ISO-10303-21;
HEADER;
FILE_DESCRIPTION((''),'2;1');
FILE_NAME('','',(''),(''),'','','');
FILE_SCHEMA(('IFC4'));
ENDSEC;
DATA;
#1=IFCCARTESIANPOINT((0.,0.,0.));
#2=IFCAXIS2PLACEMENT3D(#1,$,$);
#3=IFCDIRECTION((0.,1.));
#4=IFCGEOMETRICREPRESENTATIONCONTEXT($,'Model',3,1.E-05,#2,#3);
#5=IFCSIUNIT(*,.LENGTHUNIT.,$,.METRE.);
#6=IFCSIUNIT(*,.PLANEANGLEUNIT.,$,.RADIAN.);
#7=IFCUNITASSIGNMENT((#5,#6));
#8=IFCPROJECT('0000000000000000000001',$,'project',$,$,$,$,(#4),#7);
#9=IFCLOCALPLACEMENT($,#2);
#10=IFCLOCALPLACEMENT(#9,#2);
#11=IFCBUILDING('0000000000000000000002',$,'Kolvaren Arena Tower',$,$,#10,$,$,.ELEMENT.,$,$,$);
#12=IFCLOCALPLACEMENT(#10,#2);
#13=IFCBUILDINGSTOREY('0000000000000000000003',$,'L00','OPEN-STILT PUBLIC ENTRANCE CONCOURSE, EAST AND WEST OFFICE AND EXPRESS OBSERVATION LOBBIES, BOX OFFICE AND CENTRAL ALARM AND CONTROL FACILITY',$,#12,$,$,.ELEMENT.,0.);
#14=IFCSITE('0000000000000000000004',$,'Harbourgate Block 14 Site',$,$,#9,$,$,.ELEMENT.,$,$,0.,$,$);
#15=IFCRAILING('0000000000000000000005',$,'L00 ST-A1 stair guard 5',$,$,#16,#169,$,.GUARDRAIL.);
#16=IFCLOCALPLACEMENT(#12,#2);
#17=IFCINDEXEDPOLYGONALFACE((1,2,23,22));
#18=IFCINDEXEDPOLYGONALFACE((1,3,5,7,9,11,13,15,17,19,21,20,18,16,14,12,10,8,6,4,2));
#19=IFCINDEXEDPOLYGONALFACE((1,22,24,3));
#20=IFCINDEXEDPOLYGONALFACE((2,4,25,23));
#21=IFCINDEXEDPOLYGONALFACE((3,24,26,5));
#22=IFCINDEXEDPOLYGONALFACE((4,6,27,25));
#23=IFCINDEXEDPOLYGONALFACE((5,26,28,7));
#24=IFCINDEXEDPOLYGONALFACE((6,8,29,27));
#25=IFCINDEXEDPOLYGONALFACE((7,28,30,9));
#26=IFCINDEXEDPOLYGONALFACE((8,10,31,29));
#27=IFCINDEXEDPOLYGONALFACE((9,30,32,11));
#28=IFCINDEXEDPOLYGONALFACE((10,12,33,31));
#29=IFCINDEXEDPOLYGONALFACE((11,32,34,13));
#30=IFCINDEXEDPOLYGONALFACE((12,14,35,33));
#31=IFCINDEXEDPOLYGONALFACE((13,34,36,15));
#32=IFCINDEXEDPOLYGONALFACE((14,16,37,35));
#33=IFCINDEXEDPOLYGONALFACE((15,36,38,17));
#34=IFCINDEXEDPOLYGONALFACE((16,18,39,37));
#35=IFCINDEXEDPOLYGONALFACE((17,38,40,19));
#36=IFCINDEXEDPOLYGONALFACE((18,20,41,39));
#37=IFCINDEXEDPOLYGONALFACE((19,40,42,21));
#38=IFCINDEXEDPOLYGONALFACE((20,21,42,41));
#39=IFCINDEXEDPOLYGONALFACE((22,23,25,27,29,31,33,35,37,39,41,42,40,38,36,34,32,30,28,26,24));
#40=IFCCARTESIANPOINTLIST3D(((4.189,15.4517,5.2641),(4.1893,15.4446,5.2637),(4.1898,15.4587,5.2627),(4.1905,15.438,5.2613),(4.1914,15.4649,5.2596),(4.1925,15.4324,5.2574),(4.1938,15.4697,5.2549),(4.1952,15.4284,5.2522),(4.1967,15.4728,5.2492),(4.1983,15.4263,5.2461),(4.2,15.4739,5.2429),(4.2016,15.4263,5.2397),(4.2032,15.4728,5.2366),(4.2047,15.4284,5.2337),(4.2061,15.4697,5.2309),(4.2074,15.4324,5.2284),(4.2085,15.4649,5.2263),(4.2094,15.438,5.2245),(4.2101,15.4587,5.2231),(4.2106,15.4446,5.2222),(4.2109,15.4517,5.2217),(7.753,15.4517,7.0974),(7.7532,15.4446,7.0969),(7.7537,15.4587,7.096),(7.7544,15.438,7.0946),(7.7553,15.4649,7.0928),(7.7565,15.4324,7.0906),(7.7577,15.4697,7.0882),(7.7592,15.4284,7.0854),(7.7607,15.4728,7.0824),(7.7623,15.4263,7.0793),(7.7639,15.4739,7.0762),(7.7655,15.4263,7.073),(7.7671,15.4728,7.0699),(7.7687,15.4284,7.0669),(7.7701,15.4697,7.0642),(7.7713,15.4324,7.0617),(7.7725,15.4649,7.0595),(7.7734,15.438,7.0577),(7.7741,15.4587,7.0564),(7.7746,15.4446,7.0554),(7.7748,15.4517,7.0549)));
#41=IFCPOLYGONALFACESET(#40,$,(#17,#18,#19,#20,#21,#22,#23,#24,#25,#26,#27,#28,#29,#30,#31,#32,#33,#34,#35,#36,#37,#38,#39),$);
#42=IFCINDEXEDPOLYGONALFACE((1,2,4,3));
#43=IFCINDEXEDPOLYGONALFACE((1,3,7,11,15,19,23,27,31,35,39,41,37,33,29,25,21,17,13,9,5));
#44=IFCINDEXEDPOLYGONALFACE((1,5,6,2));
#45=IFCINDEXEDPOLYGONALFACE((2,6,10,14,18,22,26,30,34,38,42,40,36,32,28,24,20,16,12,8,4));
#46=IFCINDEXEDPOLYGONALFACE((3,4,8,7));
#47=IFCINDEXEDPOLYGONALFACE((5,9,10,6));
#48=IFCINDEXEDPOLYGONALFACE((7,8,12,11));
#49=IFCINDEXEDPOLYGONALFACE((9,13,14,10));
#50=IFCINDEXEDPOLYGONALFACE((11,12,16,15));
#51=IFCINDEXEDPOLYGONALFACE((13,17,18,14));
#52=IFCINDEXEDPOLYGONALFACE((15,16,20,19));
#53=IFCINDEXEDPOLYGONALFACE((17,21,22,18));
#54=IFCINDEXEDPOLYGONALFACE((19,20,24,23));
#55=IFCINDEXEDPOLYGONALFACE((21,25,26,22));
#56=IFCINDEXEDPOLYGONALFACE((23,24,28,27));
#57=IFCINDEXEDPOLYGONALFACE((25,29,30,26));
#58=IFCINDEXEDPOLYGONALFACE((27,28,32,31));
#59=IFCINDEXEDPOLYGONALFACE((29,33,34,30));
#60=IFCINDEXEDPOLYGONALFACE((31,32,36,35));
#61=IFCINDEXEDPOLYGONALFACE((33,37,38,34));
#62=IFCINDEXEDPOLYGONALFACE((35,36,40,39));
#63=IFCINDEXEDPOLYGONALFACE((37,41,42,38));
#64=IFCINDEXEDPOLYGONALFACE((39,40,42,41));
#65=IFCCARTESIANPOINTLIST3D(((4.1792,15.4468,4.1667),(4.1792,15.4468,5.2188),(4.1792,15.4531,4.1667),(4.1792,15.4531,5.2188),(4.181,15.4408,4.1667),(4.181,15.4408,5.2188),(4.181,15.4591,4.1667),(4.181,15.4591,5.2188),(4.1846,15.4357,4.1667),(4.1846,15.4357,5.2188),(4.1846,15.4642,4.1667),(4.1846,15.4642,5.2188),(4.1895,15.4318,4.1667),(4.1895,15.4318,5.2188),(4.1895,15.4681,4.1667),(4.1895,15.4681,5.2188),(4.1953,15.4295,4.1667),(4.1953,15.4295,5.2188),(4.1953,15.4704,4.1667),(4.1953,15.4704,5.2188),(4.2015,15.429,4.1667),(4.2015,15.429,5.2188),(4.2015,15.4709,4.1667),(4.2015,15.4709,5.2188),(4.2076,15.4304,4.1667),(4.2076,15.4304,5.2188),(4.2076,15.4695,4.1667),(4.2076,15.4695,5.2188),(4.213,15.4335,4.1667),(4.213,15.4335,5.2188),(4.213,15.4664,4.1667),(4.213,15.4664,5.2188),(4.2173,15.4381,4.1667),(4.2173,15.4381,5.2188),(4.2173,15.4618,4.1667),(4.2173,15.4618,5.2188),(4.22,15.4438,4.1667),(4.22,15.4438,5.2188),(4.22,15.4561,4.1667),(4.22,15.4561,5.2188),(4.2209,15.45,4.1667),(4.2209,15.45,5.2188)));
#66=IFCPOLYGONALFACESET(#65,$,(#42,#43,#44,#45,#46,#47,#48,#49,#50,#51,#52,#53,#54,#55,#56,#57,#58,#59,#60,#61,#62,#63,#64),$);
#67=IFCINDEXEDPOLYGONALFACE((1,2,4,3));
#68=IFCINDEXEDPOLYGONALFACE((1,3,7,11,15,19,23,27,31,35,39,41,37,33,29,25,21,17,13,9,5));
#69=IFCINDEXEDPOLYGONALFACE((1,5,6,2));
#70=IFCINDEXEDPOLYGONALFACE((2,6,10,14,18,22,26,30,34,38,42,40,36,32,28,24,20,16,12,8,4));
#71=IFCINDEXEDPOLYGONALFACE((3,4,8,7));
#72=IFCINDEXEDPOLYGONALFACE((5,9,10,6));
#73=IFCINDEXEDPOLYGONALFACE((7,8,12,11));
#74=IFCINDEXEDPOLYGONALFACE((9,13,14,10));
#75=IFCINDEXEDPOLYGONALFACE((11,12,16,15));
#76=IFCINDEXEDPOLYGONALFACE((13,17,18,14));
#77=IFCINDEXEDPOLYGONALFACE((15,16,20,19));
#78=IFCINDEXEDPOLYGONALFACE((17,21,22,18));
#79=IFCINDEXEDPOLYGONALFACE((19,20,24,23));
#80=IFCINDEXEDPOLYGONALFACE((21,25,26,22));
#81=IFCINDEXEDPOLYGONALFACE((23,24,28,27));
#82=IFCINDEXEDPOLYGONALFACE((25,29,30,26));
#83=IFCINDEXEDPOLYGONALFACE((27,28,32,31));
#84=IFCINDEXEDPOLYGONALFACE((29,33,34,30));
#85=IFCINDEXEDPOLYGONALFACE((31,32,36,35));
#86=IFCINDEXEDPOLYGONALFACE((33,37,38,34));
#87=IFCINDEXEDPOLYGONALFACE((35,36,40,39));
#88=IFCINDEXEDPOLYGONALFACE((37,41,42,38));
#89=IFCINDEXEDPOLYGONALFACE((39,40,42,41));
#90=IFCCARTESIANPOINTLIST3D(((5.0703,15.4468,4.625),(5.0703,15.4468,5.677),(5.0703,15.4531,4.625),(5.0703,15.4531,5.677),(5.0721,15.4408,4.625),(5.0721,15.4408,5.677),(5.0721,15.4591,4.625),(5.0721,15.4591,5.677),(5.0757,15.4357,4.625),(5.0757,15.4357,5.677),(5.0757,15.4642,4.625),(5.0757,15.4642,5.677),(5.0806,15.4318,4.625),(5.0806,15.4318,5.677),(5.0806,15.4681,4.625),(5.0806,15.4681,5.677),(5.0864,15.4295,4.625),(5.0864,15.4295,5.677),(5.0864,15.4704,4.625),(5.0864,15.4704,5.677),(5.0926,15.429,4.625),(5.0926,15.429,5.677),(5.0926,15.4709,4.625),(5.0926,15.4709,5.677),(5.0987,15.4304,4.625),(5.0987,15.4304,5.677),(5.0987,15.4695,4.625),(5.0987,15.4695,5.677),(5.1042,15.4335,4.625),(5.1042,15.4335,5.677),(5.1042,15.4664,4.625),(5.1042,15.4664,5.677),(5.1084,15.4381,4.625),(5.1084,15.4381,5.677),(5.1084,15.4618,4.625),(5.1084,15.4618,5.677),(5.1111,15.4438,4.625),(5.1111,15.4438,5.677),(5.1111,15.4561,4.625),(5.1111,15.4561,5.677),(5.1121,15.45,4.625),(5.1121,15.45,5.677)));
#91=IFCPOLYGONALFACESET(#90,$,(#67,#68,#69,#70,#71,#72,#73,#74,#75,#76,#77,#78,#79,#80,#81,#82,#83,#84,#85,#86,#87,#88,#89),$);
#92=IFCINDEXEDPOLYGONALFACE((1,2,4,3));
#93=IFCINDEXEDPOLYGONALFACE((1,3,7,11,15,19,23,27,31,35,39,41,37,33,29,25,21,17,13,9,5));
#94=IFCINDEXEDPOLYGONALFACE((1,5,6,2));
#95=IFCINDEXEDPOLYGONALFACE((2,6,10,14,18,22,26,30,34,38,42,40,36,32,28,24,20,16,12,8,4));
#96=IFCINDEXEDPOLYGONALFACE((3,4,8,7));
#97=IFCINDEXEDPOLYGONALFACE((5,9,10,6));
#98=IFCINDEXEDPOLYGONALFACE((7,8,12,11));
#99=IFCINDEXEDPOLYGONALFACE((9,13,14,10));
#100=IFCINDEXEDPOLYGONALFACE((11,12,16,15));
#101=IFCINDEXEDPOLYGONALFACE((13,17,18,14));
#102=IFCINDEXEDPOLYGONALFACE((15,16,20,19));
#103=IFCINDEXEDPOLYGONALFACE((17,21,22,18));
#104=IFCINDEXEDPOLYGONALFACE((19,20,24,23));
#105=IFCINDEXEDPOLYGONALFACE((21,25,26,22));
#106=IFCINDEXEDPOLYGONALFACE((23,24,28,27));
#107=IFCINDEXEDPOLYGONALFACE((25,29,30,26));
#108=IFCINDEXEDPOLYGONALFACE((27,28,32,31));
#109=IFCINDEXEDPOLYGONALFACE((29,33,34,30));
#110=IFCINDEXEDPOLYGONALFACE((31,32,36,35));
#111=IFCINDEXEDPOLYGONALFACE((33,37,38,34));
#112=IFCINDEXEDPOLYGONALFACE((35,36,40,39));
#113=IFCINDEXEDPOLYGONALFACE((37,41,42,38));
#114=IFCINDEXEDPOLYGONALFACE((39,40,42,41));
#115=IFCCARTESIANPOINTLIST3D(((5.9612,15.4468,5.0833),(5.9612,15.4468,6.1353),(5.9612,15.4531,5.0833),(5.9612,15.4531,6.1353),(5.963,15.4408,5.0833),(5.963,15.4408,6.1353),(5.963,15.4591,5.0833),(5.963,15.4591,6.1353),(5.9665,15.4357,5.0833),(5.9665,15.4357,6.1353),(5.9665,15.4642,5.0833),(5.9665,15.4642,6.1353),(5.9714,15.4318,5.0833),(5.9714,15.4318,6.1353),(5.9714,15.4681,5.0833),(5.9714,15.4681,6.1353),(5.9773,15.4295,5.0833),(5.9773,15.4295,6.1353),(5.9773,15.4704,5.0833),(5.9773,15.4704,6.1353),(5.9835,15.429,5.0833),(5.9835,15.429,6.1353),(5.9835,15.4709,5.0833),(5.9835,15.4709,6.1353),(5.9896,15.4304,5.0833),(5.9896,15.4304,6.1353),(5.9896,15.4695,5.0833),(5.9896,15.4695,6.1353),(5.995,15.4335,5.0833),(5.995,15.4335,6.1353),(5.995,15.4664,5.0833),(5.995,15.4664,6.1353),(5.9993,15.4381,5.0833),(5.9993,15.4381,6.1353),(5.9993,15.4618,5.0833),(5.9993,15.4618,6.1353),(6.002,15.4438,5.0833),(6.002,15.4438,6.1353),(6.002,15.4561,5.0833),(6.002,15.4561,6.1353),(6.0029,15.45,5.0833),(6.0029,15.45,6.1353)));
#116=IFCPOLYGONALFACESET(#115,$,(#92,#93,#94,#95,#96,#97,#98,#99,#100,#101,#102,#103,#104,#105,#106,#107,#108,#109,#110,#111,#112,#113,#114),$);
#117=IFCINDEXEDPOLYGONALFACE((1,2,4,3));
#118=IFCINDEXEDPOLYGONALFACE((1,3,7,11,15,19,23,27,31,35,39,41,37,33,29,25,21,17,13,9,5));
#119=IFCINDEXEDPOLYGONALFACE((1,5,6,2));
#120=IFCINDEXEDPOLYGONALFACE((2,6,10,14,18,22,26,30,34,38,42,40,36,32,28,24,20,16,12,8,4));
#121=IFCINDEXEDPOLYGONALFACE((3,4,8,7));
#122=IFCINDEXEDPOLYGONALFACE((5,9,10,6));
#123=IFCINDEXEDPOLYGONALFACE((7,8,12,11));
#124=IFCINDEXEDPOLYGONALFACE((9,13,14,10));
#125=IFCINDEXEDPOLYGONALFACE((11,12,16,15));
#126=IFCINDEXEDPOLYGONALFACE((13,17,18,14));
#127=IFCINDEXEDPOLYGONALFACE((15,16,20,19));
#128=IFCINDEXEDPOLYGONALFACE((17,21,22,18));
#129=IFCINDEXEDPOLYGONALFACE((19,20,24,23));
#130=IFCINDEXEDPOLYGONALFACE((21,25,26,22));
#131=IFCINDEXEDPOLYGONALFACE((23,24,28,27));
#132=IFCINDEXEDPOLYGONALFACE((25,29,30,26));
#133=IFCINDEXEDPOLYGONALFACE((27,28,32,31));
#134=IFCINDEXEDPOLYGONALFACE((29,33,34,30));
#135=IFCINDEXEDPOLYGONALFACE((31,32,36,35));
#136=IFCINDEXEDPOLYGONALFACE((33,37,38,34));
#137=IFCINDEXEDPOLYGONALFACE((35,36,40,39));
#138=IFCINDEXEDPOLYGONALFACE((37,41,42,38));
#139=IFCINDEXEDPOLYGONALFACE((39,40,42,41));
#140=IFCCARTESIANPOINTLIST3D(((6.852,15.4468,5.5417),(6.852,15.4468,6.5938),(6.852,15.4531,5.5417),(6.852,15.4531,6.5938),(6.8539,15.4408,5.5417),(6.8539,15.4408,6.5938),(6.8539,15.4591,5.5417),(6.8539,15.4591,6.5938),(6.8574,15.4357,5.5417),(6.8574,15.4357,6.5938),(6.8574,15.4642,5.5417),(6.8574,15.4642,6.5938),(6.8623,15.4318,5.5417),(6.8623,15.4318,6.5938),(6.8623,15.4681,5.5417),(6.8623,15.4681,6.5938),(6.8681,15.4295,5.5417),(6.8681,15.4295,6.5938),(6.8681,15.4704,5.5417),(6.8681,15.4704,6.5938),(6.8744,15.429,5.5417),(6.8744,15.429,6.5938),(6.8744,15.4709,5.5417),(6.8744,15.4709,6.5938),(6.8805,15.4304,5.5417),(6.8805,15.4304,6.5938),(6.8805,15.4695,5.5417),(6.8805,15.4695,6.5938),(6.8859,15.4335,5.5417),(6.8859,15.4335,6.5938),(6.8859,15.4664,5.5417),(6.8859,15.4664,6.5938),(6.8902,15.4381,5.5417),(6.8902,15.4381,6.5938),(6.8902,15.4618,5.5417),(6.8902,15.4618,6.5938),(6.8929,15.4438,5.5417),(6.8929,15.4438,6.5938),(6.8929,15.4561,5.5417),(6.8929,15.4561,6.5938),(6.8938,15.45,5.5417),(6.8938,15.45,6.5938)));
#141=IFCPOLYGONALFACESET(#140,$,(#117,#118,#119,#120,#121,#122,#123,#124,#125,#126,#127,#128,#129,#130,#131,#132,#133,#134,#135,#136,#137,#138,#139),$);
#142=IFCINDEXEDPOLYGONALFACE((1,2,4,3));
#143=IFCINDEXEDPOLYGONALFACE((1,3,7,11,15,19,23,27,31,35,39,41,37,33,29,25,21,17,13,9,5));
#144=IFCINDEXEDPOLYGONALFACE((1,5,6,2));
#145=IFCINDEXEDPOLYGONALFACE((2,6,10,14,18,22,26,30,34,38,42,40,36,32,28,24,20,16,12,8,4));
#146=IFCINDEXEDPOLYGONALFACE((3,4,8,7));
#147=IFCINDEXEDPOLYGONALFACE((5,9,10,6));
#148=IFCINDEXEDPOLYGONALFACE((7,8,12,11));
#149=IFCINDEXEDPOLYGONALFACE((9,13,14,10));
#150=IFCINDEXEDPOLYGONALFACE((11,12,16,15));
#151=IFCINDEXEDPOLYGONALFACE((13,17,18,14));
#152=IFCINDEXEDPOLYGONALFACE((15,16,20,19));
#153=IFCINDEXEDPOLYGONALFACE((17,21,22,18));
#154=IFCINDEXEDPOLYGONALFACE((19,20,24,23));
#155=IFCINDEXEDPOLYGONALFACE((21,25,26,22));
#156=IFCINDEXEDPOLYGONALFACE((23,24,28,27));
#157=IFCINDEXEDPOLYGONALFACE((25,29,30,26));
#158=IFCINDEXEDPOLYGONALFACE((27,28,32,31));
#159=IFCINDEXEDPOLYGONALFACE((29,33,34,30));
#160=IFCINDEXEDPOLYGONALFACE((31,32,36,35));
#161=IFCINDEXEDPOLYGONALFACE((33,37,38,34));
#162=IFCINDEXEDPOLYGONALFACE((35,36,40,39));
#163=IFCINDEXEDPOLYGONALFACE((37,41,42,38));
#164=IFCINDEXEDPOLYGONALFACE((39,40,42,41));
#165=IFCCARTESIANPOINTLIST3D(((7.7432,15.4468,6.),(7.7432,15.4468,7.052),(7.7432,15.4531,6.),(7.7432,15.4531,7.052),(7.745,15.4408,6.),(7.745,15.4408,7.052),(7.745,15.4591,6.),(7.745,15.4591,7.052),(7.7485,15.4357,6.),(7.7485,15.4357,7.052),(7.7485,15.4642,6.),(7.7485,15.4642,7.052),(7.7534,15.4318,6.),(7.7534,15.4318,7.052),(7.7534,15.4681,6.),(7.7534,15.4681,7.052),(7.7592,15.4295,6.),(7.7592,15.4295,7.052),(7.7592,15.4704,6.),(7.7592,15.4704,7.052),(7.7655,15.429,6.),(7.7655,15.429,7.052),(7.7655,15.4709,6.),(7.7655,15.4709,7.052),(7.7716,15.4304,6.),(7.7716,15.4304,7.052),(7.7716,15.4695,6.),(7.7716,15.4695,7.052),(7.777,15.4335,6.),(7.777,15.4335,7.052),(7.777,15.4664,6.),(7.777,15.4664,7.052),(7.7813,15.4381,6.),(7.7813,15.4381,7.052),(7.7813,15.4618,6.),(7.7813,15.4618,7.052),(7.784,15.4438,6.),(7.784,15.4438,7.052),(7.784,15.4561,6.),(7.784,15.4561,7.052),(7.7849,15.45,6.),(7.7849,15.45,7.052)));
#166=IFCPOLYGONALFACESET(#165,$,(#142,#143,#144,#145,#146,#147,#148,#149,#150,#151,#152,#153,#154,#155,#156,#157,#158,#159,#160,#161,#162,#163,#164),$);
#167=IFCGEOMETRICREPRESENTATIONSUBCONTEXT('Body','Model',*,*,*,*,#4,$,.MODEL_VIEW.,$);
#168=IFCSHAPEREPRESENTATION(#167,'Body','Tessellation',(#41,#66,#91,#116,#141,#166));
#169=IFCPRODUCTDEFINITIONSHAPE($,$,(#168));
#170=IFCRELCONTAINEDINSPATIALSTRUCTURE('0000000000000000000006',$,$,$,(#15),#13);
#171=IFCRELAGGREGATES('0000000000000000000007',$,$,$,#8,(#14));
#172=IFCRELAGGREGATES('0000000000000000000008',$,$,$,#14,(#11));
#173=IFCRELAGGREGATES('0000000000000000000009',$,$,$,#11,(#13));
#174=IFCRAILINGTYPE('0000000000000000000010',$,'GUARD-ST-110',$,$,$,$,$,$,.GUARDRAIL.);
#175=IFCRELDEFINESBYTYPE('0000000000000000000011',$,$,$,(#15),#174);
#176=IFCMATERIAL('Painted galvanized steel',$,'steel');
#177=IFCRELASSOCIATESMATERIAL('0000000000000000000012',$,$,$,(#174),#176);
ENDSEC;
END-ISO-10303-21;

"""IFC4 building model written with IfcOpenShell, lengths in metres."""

from ifc_helpers import new_model, si_unit, direction, frame, origin, origin_2d, place, context, subcontext, project, spatial, circle, extrude, material, type_object, element, save


model = new_model("IFC4")

# Units and contexts
model_context = context("Model", 3, precision=1e-05, world=origin(), true_north=direction((0.0, 1.0)))
body_context = subcontext(model_context, "Body", "Model", "MODEL_VIEW")
ifc_project = project(units=[si_unit("LENGTHUNIT", "METRE"), si_unit("PLANEANGLEUNIT", "RADIAN")], contexts=[model_context])

# Site, building, storey
site_placement = place(None, origin())
site = spatial("IfcSite", under=ifc_project, at=site_placement, Name="Harbourgate Block 14 Site", CompositionType="ELEMENT", RefElevation=0.0)
building_placement = place(site_placement, origin())
building = spatial("IfcBuilding", under=site, at=building_placement, Name="Kolvaren Arena Tower", CompositionType="ELEMENT")
storey_placement = place(building_placement, origin())
storey = spatial("IfcBuildingStorey", under=building, at=storey_placement, Name="L00", Description="OPEN-STILT PUBLIC ENTRANCE CONCOURSE, EAST AND WEST OFFICE AND EXPRESS OBSERVATION LOBBIES, BOX OFFICE AND CENTRAL ALARM AND CONTROL FACILITY", CompositionType="ELEMENT", Elevation=0.0)

# Railing
ifc_material_1 = material(Name="Painted galvanized steel", Category="steel")
railing_type_1 = type_object("IfcRailingType", Name="GUARD-ST-110", PredefinedType="GUARDRAIL", material=ifc_material_1)
railing_1_placement = place(storey_placement, frame((4.2, 15.45, 4.1667)))
element("IfcRailing", 1, at=railing_1_placement, inside=storey, type_object=railing_type_1, Name="L00 ST-A1 stair guard 5", PredefinedType="GUARDRAIL", context=body_context, shape_type="SweptSolid", body=[
    extrude(circle(Radius=0.0239, at=origin_2d()), frame((0.0, 0.0, 1.0762), z_axis=(0.889252, 0.0, 0.457418), x_axis=(0.0, 1.0, 0.0)), (0.0, 0.0, 1.0), 4.0078),
    extrude(circle(Radius=0.021, at=origin_2d()), origin(), (0.0, 0.0, 1.0), 1.052),
    extrude(circle(Radius=0.021, at=origin_2d()), frame((0.8911, 0.0, 0.4583)), (0.0, 0.0, 1.0), 1.052),
    extrude(circle(Radius=0.021, at=origin_2d()), frame((1.782, 0.0, 0.9165)), (0.0, 0.0, 1.0), 1.052),
    extrude(circle(Radius=0.021, at=origin_2d()), frame((2.6729, 0.0, 1.375)), (0.0, 0.0, 1.0), 1.052),
    extrude(circle(Radius=0.021, at=origin_2d()), frame((3.564, 0.0, 1.8333)), (0.0, 0.0, 1.0), 1.052),
])

save(model, "model.ifc")
